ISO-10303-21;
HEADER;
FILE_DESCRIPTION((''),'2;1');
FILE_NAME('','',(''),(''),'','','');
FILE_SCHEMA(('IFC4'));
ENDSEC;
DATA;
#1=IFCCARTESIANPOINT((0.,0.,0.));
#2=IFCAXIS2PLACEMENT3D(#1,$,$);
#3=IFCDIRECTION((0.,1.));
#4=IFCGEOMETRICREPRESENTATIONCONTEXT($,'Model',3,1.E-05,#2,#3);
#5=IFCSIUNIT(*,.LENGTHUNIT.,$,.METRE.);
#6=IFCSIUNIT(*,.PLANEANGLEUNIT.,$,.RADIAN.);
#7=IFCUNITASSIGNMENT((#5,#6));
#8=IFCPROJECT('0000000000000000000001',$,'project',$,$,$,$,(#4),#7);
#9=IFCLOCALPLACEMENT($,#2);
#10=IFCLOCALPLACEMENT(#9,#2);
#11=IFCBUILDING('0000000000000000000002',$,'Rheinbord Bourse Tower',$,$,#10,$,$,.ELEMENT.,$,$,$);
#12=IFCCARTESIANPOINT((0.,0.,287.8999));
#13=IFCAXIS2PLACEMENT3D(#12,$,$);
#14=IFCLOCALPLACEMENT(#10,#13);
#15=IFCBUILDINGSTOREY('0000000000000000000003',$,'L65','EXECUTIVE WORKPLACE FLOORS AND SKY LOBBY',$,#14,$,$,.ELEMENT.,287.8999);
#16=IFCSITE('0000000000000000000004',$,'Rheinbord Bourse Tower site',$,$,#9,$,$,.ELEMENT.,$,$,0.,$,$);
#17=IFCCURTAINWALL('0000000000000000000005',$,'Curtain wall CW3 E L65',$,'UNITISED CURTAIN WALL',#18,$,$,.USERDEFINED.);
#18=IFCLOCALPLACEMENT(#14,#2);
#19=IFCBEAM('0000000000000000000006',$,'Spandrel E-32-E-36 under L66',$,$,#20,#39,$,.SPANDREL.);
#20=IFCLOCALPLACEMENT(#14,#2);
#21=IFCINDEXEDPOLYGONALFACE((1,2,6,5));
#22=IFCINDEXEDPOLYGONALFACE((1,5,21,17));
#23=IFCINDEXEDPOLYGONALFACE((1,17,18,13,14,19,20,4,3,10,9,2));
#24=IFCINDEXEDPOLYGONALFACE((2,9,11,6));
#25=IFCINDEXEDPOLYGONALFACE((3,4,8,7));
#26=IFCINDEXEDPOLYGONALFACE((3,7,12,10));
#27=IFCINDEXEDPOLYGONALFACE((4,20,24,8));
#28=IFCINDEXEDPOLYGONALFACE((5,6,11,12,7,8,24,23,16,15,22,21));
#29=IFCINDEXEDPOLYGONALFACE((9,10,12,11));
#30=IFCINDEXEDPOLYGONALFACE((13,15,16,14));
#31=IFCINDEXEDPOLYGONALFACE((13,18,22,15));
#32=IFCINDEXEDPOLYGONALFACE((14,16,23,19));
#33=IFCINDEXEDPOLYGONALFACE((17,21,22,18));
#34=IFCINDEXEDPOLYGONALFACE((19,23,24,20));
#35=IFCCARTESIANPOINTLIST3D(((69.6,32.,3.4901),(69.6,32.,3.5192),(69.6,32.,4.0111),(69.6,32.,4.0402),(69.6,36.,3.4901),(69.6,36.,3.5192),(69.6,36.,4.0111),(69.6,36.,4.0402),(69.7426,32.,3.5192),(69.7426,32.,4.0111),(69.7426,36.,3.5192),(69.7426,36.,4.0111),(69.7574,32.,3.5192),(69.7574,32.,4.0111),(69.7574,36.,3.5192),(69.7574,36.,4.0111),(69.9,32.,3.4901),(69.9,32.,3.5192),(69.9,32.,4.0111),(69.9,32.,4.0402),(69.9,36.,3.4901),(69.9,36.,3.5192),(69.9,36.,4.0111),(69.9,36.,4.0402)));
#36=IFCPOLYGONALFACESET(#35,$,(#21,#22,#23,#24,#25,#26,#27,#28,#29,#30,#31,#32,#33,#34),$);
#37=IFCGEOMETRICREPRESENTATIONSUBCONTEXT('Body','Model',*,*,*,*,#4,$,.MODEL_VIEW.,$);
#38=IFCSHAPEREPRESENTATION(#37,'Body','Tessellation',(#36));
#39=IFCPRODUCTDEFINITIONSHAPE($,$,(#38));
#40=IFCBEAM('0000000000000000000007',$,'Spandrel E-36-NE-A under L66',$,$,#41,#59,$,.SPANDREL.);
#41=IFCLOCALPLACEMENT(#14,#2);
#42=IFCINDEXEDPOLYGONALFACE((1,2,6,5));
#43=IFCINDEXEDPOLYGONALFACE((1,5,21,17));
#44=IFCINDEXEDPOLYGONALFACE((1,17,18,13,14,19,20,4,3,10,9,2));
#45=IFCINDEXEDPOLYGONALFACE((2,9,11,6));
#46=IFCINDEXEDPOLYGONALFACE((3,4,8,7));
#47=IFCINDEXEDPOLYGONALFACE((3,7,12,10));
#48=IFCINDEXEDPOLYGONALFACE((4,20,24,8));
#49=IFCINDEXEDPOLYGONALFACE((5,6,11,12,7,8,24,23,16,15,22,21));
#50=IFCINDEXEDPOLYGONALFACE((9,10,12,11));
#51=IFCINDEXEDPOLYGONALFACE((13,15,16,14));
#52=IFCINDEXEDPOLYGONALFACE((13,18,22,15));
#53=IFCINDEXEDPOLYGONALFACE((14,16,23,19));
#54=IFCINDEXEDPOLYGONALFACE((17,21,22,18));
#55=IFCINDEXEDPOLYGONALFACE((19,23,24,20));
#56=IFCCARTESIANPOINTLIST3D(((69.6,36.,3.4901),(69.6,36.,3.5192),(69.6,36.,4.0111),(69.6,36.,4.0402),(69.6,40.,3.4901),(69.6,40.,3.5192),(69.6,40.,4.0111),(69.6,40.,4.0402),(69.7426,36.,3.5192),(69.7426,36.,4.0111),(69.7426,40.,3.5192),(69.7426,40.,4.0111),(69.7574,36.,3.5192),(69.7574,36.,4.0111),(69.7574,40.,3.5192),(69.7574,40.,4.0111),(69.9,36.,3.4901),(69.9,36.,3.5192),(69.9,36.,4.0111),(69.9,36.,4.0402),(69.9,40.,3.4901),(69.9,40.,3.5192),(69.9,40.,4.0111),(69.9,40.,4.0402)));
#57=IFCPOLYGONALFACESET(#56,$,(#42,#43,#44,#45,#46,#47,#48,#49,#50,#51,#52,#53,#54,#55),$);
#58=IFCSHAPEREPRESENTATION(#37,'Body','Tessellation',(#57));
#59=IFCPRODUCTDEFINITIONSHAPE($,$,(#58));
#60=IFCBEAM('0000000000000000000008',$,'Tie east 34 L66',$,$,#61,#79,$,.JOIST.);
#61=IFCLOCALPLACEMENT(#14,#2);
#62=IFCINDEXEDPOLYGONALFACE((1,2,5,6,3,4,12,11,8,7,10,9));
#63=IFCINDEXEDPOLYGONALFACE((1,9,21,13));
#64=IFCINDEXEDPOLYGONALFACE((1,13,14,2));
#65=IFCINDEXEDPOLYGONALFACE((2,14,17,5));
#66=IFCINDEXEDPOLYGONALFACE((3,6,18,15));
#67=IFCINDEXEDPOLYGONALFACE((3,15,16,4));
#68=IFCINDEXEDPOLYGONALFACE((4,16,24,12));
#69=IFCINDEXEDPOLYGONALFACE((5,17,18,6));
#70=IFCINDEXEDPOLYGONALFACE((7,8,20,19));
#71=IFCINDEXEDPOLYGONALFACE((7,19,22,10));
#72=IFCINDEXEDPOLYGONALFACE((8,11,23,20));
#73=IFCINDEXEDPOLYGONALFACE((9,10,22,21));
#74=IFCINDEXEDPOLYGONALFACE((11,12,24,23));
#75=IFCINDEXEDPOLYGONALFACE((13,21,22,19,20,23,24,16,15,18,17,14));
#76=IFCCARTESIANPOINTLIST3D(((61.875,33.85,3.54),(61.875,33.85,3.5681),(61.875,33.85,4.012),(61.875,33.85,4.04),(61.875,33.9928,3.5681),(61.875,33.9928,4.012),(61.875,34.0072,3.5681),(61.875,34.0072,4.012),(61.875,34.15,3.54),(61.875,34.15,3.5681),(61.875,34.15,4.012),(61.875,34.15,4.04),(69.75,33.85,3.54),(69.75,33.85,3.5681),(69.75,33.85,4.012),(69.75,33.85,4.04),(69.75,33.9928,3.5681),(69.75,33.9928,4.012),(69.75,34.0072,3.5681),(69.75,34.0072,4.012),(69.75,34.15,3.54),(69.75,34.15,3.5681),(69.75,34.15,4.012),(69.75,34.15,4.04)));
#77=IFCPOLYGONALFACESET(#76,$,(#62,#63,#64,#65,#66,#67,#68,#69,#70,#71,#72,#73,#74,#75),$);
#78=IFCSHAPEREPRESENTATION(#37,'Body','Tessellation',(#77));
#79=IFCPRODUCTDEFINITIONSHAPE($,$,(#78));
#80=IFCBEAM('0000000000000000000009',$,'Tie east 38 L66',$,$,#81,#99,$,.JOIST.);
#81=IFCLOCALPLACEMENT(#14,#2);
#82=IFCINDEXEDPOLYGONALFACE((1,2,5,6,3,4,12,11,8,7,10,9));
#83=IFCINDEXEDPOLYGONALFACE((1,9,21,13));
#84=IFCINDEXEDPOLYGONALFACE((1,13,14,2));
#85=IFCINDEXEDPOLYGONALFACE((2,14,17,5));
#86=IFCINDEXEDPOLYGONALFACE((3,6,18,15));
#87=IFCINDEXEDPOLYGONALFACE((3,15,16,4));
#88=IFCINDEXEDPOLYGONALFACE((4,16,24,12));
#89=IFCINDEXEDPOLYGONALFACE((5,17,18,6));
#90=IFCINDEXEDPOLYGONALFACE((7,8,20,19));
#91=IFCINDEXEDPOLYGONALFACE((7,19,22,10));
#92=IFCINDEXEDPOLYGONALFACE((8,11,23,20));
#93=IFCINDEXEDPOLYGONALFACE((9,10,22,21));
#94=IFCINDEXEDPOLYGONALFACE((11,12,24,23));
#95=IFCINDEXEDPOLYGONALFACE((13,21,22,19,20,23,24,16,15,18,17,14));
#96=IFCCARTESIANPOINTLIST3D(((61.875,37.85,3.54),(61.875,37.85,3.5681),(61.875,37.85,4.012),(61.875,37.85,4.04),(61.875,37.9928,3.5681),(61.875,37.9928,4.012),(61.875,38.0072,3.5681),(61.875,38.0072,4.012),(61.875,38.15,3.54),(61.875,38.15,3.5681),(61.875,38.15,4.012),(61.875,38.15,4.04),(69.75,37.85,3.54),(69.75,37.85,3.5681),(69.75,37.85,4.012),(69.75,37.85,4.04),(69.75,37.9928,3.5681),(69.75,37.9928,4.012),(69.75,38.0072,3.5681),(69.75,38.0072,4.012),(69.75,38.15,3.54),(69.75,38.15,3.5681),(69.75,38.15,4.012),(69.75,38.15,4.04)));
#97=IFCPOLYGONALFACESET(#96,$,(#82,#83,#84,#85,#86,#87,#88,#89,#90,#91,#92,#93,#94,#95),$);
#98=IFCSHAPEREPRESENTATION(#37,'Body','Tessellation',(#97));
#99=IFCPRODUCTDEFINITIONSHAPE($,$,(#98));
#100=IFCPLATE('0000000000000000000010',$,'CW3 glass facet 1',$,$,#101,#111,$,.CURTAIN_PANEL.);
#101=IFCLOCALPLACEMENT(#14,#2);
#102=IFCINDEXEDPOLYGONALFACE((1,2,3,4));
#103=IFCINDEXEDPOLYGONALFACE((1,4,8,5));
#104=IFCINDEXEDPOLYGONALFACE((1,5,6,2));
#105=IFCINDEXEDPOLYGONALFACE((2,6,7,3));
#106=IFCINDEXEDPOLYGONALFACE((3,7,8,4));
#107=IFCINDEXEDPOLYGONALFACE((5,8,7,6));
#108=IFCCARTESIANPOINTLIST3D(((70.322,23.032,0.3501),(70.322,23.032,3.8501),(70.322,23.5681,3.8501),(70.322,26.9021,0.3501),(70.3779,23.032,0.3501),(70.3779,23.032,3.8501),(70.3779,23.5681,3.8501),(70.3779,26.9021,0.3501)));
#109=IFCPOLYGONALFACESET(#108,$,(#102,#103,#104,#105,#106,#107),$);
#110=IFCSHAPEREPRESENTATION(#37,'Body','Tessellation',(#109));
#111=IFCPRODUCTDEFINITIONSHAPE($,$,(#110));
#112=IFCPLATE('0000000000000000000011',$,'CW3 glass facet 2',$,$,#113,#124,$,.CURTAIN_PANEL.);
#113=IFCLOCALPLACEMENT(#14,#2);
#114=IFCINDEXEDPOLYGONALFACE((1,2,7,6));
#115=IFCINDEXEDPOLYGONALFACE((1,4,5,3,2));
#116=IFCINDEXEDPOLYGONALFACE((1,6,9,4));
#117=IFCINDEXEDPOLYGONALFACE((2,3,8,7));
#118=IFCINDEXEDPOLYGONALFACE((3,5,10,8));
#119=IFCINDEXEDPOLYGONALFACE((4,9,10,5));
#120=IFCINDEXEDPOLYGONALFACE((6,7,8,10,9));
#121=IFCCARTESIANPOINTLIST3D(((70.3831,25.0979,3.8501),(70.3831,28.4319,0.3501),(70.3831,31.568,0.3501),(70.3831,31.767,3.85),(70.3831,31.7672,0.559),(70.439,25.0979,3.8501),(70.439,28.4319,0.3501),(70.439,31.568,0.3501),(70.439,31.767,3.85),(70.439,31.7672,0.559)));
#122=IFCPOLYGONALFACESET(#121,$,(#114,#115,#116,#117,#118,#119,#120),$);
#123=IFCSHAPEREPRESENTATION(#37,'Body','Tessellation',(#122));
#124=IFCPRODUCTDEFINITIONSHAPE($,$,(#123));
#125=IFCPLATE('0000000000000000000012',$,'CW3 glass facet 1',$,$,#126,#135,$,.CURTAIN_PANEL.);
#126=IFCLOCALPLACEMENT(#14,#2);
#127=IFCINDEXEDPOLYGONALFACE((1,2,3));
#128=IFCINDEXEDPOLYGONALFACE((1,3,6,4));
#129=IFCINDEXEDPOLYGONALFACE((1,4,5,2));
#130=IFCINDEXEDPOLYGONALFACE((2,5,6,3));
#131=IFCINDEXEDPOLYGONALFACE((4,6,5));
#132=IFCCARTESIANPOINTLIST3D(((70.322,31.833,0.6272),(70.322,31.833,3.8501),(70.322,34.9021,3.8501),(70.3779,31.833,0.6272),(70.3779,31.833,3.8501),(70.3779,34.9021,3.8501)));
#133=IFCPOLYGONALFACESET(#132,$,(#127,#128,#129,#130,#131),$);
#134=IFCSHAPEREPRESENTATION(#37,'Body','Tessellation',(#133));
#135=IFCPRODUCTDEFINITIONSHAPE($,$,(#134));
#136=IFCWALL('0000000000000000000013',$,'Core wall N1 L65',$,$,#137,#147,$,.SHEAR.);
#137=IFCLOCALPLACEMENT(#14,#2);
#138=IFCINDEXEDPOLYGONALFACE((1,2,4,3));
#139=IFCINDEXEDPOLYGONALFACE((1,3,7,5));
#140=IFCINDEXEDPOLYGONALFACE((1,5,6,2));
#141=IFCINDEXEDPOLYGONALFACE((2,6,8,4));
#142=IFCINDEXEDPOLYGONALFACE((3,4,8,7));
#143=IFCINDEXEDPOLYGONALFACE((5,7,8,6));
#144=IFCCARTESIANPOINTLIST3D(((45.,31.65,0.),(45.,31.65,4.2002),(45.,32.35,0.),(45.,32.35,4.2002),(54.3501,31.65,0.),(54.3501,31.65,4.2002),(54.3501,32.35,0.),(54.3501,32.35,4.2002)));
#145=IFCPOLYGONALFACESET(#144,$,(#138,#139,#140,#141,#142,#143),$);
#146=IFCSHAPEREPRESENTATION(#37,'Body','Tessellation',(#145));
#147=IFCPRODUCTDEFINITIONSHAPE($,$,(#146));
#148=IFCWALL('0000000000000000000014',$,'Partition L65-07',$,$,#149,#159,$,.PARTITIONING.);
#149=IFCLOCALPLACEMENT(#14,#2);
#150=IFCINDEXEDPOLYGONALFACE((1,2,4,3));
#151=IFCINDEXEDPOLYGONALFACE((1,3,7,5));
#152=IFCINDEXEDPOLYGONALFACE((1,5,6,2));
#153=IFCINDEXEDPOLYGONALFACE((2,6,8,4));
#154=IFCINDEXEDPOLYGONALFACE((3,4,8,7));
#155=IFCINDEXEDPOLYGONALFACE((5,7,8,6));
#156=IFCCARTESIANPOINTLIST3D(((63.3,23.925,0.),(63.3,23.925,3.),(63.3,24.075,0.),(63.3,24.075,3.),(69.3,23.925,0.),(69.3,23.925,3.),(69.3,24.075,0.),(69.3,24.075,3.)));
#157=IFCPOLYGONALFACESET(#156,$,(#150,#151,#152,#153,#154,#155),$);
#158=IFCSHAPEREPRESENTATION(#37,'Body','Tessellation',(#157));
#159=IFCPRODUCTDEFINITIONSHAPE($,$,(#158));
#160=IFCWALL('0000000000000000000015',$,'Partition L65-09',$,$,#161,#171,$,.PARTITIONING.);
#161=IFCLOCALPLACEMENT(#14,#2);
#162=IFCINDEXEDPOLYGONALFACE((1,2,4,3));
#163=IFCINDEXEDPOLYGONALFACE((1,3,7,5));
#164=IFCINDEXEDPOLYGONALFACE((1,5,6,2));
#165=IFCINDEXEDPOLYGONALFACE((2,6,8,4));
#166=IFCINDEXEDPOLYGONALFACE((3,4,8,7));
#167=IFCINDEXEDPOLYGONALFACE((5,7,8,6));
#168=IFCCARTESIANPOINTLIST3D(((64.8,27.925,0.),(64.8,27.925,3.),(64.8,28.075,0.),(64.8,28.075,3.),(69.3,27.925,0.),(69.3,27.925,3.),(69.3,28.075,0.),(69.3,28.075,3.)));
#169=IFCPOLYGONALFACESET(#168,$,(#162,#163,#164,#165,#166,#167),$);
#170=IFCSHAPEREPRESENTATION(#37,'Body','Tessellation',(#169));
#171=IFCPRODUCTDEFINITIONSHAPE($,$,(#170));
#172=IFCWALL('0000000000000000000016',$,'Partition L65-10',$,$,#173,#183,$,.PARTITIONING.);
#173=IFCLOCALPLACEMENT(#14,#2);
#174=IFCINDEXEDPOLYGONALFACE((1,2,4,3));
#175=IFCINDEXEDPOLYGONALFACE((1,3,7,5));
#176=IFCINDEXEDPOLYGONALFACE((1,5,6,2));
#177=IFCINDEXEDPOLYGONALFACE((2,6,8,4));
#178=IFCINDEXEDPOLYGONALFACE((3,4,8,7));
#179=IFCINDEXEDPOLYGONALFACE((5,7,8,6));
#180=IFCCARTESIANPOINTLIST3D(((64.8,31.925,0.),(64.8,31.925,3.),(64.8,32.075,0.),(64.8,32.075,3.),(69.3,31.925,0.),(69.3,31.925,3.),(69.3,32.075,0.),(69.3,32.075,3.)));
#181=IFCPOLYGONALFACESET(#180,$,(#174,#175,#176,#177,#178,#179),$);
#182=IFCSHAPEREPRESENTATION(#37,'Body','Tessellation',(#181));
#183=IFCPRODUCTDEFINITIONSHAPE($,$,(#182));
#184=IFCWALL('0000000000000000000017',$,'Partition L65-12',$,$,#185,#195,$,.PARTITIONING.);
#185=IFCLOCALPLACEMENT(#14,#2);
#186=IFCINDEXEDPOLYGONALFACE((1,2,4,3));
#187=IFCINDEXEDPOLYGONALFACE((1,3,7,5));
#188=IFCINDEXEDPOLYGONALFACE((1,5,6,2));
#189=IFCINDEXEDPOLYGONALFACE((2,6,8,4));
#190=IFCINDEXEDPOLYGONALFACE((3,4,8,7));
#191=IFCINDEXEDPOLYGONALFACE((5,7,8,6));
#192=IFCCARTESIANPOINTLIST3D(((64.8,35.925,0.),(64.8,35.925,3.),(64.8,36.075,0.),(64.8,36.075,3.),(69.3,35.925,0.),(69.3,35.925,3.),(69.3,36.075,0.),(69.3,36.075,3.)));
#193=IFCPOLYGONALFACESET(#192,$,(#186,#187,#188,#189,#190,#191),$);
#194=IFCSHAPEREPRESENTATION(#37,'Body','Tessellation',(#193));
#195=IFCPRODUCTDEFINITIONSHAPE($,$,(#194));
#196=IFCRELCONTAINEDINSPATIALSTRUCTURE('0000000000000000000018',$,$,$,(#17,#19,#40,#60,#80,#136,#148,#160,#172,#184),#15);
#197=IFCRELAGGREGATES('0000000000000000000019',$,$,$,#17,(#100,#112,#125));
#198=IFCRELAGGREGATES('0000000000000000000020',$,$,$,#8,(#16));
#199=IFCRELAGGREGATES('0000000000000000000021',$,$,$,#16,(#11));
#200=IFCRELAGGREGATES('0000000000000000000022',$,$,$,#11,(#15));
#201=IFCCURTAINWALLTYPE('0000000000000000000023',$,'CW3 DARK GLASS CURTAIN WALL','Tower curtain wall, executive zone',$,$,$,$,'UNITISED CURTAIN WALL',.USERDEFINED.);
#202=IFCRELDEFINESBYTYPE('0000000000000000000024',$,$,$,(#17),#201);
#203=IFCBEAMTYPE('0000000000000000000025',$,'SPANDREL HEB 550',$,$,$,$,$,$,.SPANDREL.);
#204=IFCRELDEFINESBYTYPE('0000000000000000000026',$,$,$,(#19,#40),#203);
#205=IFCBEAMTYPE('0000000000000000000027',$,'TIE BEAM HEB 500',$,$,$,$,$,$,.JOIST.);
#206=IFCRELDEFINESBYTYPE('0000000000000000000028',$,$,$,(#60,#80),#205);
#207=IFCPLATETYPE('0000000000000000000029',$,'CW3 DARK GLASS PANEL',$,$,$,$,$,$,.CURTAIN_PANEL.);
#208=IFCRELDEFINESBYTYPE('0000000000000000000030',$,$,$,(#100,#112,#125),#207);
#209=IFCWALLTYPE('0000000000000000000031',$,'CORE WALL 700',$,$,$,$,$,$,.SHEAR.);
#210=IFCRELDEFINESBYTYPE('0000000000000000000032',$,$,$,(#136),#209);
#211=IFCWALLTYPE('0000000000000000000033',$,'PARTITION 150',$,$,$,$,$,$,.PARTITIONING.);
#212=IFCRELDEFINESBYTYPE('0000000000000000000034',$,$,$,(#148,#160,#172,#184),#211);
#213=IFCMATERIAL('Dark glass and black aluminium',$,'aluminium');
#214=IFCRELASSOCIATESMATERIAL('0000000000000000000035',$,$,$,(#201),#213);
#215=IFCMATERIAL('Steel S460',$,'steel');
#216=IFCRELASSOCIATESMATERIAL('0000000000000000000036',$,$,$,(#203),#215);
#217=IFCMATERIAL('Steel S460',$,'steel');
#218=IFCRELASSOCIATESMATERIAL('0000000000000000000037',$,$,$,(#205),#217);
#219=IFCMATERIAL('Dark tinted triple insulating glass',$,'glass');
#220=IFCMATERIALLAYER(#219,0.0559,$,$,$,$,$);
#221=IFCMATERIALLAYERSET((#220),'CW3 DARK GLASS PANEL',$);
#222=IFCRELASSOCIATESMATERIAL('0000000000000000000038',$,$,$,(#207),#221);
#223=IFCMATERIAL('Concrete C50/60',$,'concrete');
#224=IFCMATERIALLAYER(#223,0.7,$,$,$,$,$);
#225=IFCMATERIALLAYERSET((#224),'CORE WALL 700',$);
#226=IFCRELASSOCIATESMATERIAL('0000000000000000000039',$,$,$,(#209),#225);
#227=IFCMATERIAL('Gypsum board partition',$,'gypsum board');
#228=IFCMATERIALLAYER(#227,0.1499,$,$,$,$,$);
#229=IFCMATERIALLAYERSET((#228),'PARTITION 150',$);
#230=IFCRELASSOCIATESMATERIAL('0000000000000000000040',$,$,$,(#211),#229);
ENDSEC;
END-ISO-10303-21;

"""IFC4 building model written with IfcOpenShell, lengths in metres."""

from ifc_helpers import new_model, si_unit, direction, frame, frame_2d, origin, origin_2d, place, context, subcontext, project, spatial, polyline, rectangle, i_section, outline, extrude, material, layer, layer_set, material_profile, profile_set, type_object, element, aggregate, save


model = new_model("IFC4")

# Units and contexts
model_context = context("Model", 3, precision=1e-05, world=origin(), true_north=direction((0.0, 1.0)))
body_context = subcontext(model_context, "Body", "Model", "MODEL_VIEW")
ifc_project = project(units=[si_unit("LENGTHUNIT", "METRE"), si_unit("PLANEANGLEUNIT", "RADIAN")], contexts=[model_context])

# Site, building, storey
site_placement = place(None, origin())
site = spatial("IfcSite", under=ifc_project, at=site_placement, Name="Rheinbord Bourse Tower site", CompositionType="ELEMENT", RefElevation=0.0)
building_placement = place(site_placement, origin())
building = spatial("IfcBuilding", under=site, at=building_placement, Name="Rheinbord Bourse Tower", CompositionType="ELEMENT")
storey_placement = place(building_placement, frame((0.0, 0.0, 287.8999)))
storey = spatial("IfcBuildingStorey", under=building, at=storey_placement, Name="L65", Description="EXECUTIVE WORKPLACE FLOORS AND SKY LOBBY", CompositionType="ELEMENT", Elevation=287.8999)

# Curtain wall
ifc_material_1 = material(Name="Dark glass and black aluminium", Category="aluminium")
curtain_wall_type = type_object("IfcCurtainWallType", Name="CW3 DARK GLASS CURTAIN WALL", Description="Tower curtain wall, executive zone", ElementType="UNITISED CURTAIN WALL", PredefinedType="USERDEFINED", material=ifc_material_1)
curtain_wall_placement = place(storey_placement, origin())
curtain_wall = element("IfcCurtainWall", 1, at=curtain_wall_placement, inside=storey, type_object=curtain_wall_type, Name="Curtain wall CW3 E L65", ObjectType="UNITISED CURTAIN WALL", PredefinedType="USERDEFINED")

# Beams
ifc_material_2 = material(Name="Steel S460", Category="steel")
ifc_material_profile_1 = material_profile(ifc_material_2, i_section(OverallWidth=0.3, OverallDepth=0.55, WebThickness=0.0149, FlangeThickness=0.0291, at=origin_2d()), Name="HEB 550")
ifc_profile_set_1 = profile_set([ifc_material_profile_1], Name="Steel S460")
beam_type_1 = type_object("IfcBeamType", Name="SPANDREL HEB 550", PredefinedType="SPANDREL", material=ifc_profile_set_1)
for number, where, z_axis, x_axis, name in (
    (2, (69.75, 32.0, 3.7651), (0.0, 1.0, 0.0), (-1.0, 0.0, 0.0), "Spandrel E-32-E-36 under L66"),
    (3, (69.75, 36.0, 3.7651), (0.0, 1.0, 0.0), (-1.0, 0.0, 0.0), "Spandrel E-36-NE-A under L66"),
):
    element("IfcBeam", number, at=place(storey_placement, frame(where, z_axis=z_axis, x_axis=x_axis)), inside=storey, type_object=beam_type_1, Name=name, PredefinedType="SPANDREL", context=body_context, shape_type="SweptSolid", body=[
        extrude(i_section(OverallWidth=0.3, OverallDepth=0.55, WebThickness=0.0149, FlangeThickness=0.0291, at=origin_2d()), origin(), (0.0, 0.0, 1.0), 4.0),
    ])
ifc_material_3 = material(Name="Steel S460", Category="steel")
ifc_material_profile_2 = material_profile(ifc_material_3, i_section(OverallWidth=0.3, OverallDepth=0.5, WebThickness=0.0144, FlangeThickness=0.0281, at=origin_2d()), Name="HEB 500")
ifc_profile_set_2 = profile_set([ifc_material_profile_2], Name="Steel S460")
beam_type_2 = type_object("IfcBeamType", Name="TIE BEAM HEB 500", PredefinedType="JOIST", material=ifc_profile_set_2)
for number, where, z_axis, x_axis, name in (
    (4, (61.875, 34.0, 3.79), (1.0, 0.0, 0.0), (0.0, 1.0, 0.0), "Tie east 34 L66"),
    (5, (61.875, 38.0, 3.79), (1.0, 0.0, 0.0), (0.0, 1.0, 0.0), "Tie east 38 L66"),
):
    element("IfcBeam", number, at=place(storey_placement, frame(where, z_axis=z_axis, x_axis=x_axis)), inside=storey, type_object=beam_type_2, Name=name, PredefinedType="JOIST", context=body_context, shape_type="SweptSolid", body=[
        extrude(i_section(OverallWidth=0.3, OverallDepth=0.5, WebThickness=0.0144, FlangeThickness=0.0281, at=origin_2d()), origin(), (0.0, 0.0, 1.0), 7.875),
    ])

# Plates
ifc_material_4 = material(Name="Dark tinted triple insulating glass", Category="glass")
ifc_layer_1 = layer(ifc_material_4, 0.0559)
ifc_layer_set_1 = layer_set([ifc_layer_1], Name="CW3 DARK GLASS PANEL")
plate_type = type_object("IfcPlateType", Name="CW3 DARK GLASS PANEL", PredefinedType="CURTAIN_PANEL", material=ifc_layer_set_1)
plate_1_placement = place(storey_placement, frame((70.3779, 23.032, 0.3501), z_axis=(-1.0, 0.0, 0.0), x_axis=(0.0, 0.0, 1.0)))
plate_1 = element("IfcPlate", 6, at=plate_1_placement, type_object=plate_type, Name="CW3 glass facet 1", PredefinedType="CURTAIN_PANEL", context=body_context, shape_type="SweptSolid", body=[
    extrude(outline(polyline([(0.0, 0.0), (3.5, 0.0), (3.5, 0.5361), (0.0, 3.8701), (0.0, 0.0)])), origin(), (0.0, 0.0, 1.0), 0.0559),
])
plate_2_placement = place(storey_placement, frame((70.439, 28.4319, 0.3501), z_axis=(-1.0, 0.0, 0.0), x_axis=(0.0, -0.689726, 0.724071)))
plate_2 = element("IfcPlate", 7, at=plate_2_placement, type_object=plate_type, Name="CW3 glass facet 2", PredefinedType="CURTAIN_PANEL", context=body_context, shape_type="SweptSolid", body=[
    extrude(outline(polyline([(0.0, 0.0), (4.8337, 0.0), (0.2339, 4.8289), (-2.1492, 2.5591), (-2.1631, 2.2708), (0.0, 0.0)])), origin(), (0.0, 0.0, 1.0), 0.0559),
])
plate_3_placement = place(storey_placement, frame((70.3779, 31.833, 3.8501), z_axis=(-1.0, 0.0, 0.0), x_axis=(0.0, 1.0, 0.0)))
plate_3 = element("IfcPlate", 8, at=plate_3_placement, type_object=plate_type, Name="CW3 glass facet 1", PredefinedType="CURTAIN_PANEL", context=body_context, shape_type="SweptSolid", body=[
    extrude(outline(polyline([(0.0, 0.0), (3.0691, 0.0), (0.0, 3.2229), (0.0, 0.0)])), origin(), (0.0, 0.0, 1.0), 0.0559),
])
aggregate(curtain_wall, [plate_1, plate_2, plate_3])

# Walls
ifc_material_5 = material(Name="Concrete C50/60", Category="concrete")
ifc_layer_2 = layer(ifc_material_5, 0.7)
ifc_layer_set_2 = layer_set([ifc_layer_2], Name="CORE WALL 700")
wall_type_1 = type_object("IfcWallType", Name="CORE WALL 700", PredefinedType="SHEAR", material=ifc_layer_set_2)
wall_1_placement = place(storey_placement, frame((54.3501, 32.0, 0.0), z_axis=(0.0, 0.0, 1.0), x_axis=(-1.0, 0.0, 0.0)))
element("IfcWall", 9, at=wall_1_placement, inside=storey, type_object=wall_type_1, Name="Core wall N1 L65", PredefinedType="SHEAR", context=body_context, shape_type="SweptSolid", body=[
    extrude(rectangle(XDim=9.3501, YDim=0.7, at=frame_2d((4.675, 0.0))), origin(), (0.0, 0.0, 1.0), 4.2002),
])
ifc_material_6 = material(Name="Gypsum board partition", Category="gypsum board")
ifc_layer_3 = layer(ifc_material_6, 0.1499)
ifc_layer_set_3 = layer_set([ifc_layer_3], Name="PARTITION 150")
wall_type_2 = type_object("IfcWallType", Name="PARTITION 150", PredefinedType="PARTITIONING", material=ifc_layer_set_3)
wall_2_placement = place(storey_placement, frame((63.3, 24.0, 0.0), z_axis=(0.0, 0.0, 1.0), x_axis=(1.0, 0.0, 0.0)))
element("IfcWall", 10, at=wall_2_placement, inside=storey, type_object=wall_type_2, Name="Partition L65-07", PredefinedType="PARTITIONING", context=body_context, shape_type="SweptSolid", body=[
    extrude(rectangle(XDim=6.0, YDim=0.1499, at=frame_2d((3.0, 0.0))), origin(), (0.0, 0.0, 1.0), 3.0),
])
for number, where, z_axis, x_axis, name in (
    (11, (64.8, 28.0, 0.0), (0.0, 0.0, 1.0), (1.0, 0.0, 0.0), "Partition L65-09"),
    (12, (64.8, 32.0, 0.0), (0.0, 0.0, 1.0), (1.0, 0.0, 0.0), "Partition L65-10"),
    (13, (64.8, 36.0, 0.0), (0.0, 0.0, 1.0), (1.0, 0.0, 0.0), "Partition L65-12"),
):
    element("IfcWall", number, at=place(storey_placement, frame(where, z_axis=z_axis, x_axis=x_axis)), inside=storey, type_object=wall_type_2, Name=name, PredefinedType="PARTITIONING", context=body_context, shape_type="SweptSolid", body=[
        extrude(rectangle(XDim=4.5, YDim=0.1499, at=frame_2d((2.25, 0.0))), origin(), (0.0, 0.0, 1.0), 3.0),
    ])

save(model, "model.ifc")
